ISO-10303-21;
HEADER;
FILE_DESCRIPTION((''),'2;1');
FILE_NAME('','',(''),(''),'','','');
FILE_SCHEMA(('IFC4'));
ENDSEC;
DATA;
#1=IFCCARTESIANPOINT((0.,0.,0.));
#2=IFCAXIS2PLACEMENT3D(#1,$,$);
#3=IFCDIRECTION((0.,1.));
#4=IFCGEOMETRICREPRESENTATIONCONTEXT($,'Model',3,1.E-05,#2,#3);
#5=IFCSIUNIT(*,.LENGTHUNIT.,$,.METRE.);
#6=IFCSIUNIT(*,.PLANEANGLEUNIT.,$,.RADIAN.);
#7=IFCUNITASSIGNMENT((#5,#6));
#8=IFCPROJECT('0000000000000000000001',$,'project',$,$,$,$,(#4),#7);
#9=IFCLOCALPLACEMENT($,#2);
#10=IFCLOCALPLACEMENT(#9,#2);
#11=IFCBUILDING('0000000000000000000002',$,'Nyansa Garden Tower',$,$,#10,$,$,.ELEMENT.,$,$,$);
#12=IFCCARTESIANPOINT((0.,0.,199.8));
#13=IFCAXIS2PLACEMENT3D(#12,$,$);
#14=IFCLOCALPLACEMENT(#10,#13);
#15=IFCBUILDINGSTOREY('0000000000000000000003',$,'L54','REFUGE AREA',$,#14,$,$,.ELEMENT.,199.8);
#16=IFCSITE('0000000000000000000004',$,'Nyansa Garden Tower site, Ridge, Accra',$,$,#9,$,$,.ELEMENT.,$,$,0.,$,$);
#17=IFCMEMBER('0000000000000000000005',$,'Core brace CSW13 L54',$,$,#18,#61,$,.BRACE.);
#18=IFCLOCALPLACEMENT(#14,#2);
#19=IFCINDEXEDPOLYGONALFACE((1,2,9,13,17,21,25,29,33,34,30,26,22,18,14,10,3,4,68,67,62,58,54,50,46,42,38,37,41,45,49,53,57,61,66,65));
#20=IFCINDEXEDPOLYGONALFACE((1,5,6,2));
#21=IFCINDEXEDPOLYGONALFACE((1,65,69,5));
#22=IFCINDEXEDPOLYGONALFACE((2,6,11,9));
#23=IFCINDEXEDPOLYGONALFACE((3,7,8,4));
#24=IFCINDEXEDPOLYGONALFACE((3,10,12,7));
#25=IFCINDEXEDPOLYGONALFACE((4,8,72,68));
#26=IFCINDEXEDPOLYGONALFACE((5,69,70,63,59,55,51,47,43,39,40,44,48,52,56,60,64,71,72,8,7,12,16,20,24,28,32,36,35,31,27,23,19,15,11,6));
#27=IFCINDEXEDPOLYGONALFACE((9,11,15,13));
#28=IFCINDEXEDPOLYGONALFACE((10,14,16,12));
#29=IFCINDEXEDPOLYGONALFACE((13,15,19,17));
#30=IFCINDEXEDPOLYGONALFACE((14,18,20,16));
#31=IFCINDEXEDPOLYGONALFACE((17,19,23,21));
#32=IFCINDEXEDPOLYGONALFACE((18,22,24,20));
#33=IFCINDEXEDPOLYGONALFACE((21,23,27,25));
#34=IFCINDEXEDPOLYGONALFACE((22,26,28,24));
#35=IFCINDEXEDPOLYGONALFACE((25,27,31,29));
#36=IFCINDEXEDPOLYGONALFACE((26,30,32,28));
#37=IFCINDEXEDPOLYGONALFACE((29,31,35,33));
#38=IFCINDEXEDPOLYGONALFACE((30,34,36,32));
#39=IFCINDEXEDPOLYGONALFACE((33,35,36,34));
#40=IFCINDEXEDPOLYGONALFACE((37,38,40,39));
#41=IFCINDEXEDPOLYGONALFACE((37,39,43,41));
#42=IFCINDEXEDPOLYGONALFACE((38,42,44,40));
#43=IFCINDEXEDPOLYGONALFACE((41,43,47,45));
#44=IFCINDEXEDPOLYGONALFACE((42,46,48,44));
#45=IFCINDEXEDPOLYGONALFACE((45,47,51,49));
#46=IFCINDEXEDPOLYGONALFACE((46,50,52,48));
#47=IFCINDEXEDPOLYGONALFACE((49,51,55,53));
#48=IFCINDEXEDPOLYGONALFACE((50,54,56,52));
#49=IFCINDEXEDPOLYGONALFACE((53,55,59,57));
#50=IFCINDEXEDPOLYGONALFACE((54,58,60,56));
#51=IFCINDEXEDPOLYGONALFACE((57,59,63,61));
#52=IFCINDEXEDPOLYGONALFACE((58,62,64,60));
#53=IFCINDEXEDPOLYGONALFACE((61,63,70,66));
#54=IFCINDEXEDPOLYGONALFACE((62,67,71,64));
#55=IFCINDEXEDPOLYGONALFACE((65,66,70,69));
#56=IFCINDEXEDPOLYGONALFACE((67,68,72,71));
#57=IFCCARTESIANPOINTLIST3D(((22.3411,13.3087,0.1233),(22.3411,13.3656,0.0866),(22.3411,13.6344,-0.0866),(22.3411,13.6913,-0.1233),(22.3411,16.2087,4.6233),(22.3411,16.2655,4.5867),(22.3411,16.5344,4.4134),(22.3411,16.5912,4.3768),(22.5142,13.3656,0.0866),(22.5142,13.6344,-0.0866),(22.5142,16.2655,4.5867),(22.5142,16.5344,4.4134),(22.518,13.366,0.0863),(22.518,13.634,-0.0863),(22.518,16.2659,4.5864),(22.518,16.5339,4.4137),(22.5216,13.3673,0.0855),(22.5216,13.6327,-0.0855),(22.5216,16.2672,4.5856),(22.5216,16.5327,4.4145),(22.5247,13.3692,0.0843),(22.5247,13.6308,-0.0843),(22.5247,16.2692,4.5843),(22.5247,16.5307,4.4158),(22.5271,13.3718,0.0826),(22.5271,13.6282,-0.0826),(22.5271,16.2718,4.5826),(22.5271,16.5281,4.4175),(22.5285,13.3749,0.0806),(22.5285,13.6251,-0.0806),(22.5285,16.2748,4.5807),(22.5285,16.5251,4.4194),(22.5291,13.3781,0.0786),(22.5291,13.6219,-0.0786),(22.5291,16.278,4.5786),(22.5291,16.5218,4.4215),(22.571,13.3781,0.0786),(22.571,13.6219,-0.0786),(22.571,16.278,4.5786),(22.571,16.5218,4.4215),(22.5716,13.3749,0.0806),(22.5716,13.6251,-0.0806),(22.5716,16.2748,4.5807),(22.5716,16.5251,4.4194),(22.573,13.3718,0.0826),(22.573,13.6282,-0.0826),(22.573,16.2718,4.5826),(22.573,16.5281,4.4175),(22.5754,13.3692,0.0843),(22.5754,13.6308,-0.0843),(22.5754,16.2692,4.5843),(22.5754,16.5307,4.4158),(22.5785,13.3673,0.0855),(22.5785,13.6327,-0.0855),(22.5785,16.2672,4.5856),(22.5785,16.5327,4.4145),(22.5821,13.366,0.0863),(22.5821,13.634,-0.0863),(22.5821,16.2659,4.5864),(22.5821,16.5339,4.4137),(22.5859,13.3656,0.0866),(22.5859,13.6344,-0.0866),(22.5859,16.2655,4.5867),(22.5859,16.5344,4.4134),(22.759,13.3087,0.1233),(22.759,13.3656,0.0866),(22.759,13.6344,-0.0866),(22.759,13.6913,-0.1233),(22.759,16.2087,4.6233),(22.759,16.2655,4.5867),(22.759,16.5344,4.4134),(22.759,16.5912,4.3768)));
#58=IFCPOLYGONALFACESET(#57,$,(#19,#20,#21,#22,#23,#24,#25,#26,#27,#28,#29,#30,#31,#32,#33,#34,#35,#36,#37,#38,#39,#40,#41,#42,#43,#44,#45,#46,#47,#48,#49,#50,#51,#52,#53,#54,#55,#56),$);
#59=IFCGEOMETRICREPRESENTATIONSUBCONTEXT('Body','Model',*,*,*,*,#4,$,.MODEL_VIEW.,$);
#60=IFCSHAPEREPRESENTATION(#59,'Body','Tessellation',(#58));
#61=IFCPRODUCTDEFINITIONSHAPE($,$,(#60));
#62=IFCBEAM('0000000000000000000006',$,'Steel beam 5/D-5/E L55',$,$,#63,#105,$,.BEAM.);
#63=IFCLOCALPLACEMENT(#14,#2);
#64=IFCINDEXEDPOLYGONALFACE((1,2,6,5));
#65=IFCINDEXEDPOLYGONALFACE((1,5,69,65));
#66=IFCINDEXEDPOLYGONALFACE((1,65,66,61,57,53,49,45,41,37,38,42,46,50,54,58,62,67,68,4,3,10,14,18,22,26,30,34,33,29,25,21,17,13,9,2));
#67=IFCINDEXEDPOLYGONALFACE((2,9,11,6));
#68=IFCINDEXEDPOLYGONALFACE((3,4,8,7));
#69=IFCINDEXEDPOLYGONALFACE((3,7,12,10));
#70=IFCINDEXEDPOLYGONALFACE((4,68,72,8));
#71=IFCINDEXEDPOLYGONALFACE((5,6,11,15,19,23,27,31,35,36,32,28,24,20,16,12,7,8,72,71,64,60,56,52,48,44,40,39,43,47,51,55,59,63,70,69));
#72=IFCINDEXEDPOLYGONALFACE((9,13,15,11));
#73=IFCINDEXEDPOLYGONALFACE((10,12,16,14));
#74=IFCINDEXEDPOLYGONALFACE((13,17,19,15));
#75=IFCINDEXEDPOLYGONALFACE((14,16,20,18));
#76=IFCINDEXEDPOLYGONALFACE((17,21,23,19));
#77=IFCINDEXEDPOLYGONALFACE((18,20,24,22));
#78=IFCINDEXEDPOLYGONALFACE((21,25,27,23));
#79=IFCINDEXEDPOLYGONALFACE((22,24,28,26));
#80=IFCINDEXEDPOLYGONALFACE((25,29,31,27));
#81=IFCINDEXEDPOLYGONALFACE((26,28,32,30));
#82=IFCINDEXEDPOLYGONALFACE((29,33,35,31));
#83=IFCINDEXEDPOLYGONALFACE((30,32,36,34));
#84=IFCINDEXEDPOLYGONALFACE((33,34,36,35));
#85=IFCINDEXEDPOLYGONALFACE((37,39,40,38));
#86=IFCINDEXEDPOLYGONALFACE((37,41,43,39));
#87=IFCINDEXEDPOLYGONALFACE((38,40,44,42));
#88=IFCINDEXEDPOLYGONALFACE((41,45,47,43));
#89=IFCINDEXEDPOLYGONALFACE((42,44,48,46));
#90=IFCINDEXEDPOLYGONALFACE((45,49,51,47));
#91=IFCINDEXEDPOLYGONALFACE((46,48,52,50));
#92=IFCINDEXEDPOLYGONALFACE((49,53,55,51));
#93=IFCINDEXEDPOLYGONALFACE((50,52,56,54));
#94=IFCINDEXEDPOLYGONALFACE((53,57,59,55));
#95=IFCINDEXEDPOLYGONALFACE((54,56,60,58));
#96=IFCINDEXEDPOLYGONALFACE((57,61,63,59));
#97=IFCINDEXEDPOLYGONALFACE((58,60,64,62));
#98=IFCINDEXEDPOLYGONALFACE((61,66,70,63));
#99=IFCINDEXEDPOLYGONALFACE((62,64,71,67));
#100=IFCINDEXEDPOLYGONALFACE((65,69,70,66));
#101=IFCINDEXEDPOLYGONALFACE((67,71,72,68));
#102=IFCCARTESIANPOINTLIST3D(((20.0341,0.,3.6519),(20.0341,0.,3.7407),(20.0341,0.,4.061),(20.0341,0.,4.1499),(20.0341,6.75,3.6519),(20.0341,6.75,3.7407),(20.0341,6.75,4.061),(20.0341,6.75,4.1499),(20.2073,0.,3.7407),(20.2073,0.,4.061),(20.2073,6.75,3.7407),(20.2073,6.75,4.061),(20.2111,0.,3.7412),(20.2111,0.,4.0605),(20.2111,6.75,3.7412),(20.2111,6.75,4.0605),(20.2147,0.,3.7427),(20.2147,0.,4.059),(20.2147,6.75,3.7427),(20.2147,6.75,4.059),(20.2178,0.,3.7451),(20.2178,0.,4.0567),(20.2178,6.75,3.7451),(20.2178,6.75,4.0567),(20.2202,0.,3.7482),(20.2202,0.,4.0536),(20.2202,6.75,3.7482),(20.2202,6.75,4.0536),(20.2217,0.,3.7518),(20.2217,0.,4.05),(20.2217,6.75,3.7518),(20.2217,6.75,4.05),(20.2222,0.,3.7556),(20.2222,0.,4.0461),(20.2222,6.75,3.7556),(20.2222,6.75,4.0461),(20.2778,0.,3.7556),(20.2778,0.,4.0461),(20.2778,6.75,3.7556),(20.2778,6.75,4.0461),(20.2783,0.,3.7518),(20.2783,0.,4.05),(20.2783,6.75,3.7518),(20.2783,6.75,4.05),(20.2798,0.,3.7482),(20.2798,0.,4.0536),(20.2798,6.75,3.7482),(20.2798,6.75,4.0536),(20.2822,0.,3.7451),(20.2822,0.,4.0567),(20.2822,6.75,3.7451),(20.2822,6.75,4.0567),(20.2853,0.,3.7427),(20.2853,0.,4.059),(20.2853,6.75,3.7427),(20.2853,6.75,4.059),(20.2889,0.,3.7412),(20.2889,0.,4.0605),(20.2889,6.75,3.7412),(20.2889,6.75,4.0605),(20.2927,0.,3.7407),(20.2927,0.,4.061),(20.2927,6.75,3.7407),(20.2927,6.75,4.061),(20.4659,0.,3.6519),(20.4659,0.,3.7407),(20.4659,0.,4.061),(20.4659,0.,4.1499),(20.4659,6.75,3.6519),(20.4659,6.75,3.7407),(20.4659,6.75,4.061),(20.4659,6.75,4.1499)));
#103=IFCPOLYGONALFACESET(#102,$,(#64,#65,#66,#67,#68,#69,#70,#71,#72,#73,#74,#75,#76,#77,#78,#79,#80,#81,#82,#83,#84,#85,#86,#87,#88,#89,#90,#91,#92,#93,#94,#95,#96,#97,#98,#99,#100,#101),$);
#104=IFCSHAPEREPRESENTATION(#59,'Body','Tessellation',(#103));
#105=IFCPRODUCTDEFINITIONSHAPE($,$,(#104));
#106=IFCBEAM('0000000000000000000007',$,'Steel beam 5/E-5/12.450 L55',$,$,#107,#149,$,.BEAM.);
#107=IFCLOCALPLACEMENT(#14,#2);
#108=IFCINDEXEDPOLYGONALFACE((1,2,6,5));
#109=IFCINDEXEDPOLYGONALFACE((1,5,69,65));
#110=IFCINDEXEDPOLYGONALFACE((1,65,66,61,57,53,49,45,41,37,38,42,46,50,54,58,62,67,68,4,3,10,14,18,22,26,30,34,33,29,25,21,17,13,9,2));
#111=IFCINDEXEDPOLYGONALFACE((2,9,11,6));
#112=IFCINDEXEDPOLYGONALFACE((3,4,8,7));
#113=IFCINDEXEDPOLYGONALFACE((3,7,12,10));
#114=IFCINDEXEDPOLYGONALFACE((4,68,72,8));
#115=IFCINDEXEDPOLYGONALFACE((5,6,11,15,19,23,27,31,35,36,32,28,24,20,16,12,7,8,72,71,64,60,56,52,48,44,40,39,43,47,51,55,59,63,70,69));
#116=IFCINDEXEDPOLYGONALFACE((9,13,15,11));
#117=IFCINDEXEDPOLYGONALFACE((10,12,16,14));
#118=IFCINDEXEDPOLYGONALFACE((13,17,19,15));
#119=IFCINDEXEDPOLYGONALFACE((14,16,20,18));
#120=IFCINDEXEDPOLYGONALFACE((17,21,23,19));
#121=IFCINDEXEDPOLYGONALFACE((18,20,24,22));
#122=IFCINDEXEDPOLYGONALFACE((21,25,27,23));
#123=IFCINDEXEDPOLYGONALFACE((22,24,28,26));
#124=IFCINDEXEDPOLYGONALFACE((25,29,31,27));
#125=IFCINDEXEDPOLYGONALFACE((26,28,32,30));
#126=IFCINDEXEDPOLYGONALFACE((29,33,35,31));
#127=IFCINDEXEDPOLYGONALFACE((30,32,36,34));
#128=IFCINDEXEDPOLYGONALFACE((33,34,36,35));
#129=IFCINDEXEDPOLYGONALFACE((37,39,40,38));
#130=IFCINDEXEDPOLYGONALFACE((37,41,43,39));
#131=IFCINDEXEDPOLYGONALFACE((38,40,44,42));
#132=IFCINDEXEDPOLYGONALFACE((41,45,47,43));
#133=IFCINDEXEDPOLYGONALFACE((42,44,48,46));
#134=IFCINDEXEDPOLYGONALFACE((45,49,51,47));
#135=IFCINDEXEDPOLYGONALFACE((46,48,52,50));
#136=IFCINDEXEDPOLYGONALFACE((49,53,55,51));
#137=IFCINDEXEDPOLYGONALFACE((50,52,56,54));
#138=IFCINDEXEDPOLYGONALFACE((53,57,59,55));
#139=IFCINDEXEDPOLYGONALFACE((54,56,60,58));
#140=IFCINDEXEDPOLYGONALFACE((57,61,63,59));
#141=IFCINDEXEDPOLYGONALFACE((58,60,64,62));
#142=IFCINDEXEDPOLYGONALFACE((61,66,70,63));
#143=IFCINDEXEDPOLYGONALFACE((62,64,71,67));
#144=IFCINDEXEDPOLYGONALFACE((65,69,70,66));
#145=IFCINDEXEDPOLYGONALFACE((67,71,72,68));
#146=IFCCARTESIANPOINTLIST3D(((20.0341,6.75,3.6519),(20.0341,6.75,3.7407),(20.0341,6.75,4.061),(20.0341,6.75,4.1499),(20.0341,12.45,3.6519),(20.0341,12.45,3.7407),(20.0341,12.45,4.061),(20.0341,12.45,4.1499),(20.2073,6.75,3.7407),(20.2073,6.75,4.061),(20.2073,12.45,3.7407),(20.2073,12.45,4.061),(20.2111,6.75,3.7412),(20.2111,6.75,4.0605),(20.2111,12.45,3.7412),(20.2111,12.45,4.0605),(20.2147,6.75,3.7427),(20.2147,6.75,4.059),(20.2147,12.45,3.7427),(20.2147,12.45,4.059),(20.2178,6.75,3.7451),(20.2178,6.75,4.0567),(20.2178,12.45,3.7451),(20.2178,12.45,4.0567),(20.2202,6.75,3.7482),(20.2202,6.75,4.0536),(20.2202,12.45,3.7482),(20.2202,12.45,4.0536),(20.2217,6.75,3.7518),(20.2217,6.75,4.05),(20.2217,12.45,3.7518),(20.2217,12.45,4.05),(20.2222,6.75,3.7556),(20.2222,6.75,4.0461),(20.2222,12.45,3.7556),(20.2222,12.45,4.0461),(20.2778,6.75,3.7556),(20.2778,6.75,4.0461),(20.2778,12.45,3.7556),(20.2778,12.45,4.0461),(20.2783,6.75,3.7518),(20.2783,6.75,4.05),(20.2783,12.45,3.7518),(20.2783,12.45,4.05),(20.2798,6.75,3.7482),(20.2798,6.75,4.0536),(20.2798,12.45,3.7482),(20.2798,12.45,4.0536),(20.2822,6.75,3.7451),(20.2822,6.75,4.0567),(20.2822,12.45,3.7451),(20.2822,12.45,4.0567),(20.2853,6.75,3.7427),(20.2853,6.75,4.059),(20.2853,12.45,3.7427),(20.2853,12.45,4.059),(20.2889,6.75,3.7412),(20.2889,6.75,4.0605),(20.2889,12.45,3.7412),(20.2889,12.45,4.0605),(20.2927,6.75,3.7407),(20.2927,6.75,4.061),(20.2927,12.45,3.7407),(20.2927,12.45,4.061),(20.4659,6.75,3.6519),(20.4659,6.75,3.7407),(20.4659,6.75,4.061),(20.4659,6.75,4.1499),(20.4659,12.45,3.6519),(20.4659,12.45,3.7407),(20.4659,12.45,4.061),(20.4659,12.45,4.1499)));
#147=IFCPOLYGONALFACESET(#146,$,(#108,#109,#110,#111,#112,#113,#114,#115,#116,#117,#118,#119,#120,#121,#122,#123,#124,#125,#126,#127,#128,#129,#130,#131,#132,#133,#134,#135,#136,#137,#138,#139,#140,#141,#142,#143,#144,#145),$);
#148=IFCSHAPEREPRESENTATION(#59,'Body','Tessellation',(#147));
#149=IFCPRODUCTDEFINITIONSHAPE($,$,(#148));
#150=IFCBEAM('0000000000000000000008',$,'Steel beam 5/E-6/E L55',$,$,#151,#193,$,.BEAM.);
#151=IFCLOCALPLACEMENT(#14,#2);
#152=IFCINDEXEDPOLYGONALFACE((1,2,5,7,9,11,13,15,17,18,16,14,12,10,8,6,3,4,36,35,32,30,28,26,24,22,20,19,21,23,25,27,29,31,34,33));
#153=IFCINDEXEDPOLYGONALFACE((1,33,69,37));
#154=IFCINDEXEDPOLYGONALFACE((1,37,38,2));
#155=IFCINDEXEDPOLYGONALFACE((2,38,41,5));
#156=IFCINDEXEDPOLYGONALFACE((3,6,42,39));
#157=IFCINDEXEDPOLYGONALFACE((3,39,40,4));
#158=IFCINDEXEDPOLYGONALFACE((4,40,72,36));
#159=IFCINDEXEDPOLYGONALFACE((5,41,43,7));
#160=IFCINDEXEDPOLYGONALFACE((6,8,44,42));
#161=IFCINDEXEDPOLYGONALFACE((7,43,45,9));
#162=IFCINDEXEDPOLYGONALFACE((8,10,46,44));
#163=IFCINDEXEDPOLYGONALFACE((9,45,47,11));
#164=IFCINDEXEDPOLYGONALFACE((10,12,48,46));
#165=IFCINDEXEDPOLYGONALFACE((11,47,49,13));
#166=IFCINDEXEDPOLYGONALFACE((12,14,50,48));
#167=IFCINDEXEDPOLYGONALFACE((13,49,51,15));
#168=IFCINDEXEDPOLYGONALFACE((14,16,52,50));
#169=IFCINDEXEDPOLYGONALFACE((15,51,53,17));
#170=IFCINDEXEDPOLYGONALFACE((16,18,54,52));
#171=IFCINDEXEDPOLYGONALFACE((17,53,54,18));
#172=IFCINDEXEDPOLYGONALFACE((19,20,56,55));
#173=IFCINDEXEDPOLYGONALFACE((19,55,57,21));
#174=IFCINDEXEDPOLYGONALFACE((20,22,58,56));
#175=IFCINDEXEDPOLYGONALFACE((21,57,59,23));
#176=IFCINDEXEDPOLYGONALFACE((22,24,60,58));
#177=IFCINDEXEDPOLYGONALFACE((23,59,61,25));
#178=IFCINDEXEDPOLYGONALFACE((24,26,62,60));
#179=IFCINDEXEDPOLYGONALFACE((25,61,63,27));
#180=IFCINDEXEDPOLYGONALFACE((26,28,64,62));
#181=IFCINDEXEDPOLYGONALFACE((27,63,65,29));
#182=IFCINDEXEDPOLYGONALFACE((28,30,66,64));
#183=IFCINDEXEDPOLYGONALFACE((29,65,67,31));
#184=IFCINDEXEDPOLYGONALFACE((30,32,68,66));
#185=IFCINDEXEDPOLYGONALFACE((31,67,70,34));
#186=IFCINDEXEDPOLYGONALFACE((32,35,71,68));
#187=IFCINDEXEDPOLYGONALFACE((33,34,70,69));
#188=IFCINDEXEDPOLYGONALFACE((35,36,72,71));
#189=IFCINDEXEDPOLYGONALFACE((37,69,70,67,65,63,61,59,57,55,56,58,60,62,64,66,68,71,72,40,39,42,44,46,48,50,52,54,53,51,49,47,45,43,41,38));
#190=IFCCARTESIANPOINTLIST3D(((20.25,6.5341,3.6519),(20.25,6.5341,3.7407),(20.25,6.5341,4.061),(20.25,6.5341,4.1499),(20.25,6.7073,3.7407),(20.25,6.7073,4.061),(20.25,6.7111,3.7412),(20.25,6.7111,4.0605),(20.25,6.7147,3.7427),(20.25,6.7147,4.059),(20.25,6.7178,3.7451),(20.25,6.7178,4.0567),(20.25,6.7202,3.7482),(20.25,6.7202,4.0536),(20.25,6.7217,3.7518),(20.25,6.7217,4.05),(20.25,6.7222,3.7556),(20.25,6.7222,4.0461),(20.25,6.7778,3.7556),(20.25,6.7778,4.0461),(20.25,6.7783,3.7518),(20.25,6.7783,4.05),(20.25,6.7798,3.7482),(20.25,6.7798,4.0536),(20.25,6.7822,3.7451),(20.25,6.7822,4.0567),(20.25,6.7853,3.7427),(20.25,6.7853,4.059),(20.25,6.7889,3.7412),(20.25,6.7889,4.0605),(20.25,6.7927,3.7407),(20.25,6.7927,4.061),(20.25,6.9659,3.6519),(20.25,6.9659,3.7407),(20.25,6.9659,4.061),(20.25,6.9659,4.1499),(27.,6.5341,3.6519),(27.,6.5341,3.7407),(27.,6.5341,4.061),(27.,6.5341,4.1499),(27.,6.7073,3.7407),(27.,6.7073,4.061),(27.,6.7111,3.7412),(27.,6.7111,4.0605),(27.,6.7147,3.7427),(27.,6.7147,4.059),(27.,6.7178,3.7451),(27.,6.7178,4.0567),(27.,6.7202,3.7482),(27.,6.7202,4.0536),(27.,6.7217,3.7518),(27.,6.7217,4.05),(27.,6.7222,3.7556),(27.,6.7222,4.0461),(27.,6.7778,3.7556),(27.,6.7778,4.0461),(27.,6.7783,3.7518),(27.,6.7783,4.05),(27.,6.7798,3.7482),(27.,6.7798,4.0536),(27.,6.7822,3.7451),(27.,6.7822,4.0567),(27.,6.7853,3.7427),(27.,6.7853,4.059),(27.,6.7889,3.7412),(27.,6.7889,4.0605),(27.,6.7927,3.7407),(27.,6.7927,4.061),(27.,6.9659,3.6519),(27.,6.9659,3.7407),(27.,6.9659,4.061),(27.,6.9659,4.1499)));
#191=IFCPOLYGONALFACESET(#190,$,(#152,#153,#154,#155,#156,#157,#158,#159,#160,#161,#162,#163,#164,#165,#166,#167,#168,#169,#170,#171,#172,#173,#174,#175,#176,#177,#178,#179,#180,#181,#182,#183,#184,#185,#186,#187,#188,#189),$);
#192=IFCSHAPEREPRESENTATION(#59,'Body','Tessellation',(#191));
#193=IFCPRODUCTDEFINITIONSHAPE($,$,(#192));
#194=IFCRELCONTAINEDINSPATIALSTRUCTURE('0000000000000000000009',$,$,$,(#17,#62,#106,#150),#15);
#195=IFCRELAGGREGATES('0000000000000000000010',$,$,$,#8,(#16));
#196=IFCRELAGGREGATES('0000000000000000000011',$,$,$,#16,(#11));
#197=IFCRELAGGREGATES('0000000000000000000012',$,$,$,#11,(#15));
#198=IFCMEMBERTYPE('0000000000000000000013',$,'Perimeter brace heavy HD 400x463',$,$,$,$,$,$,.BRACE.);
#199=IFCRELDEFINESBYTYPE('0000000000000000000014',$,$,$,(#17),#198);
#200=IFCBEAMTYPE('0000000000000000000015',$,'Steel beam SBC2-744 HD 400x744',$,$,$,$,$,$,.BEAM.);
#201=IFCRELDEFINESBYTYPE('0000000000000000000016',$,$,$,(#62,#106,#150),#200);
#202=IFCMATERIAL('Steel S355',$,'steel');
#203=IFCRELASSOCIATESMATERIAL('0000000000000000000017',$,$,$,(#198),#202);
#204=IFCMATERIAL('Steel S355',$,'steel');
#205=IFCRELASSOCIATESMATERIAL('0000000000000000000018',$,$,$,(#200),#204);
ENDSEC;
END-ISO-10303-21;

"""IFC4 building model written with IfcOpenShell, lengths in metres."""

from ifc_helpers import new_model, si_unit, direction, frame, origin, origin_2d, place, context, subcontext, project, spatial, i_section, extrude, material, material_profile, profile_set, type_object, element, save


model = new_model("IFC4")

# Units and contexts
model_context = context("Model", 3, precision=1e-05, world=origin(), true_north=direction((0.0, 1.0)))
body_context = subcontext(model_context, "Body", "Model", "MODEL_VIEW")
ifc_project = project(units=[si_unit("LENGTHUNIT", "METRE"), si_unit("PLANEANGLEUNIT", "RADIAN")], contexts=[model_context])

# Site, building, storey
site_placement = place(None, origin())
site = spatial("IfcSite", under=ifc_project, at=site_placement, Name="Nyansa Garden Tower site, Ridge, Accra", CompositionType="ELEMENT", RefElevation=0.0)
building_placement = place(site_placement, origin())
building = spatial("IfcBuilding", under=site, at=building_placement, Name="Nyansa Garden Tower", CompositionType="ELEMENT")
storey_placement = place(building_placement, frame((0.0, 0.0, 199.8)))
storey = spatial("IfcBuildingStorey", under=building, at=storey_placement, Name="L54", Description="REFUGE AREA", CompositionType="ELEMENT", Elevation=199.8)

# Member
ifc_material_1 = material(Name="Steel S355", Category="steel")
ifc_material_profile_1 = material_profile(ifc_material_1, i_section(OverallWidth=0.418, OverallDepth=0.4551, WebThickness=0.042, FlangeThickness=0.0676, FilletRadius=0.0149, at=origin_2d()), Name="HD 400x463")
ifc_profile_set_1 = profile_set([ifc_material_profile_1], Name="Steel S355")
member_type_1 = type_object("IfcMemberType", Name="Perimeter brace heavy HD 400x463", PredefinedType="BRACE", material=ifc_profile_set_1)
for number, where, z_axis, x_axis, name in (
    (1, (22.55, 13.5, 0.0), (0.0, 0.541688, 0.840579), (-1.0, 0.0, 0.0), "Core brace CSW13 L54"),
):
    element("IfcMember", number, at=place(storey_placement, frame(where, z_axis=z_axis, x_axis=x_axis)), inside=storey, type_object=member_type_1, Name=name, PredefinedType="BRACE", context=body_context, shape_type="SweptSolid", body=[
        extrude(i_section(OverallWidth=0.418, OverallDepth=0.4551, WebThickness=0.042, FlangeThickness=0.0676, FilletRadius=0.0149, at=origin_2d()), origin(), (0.0, 0.0, 1.0), 5.3535),
    ])

# Beams
ifc_material_2 = material(Name="Steel S355", Category="steel")
ifc_material_profile_2 = material_profile(ifc_material_2, i_section(OverallWidth=0.4319, OverallDepth=0.498, WebThickness=0.0557, FlangeThickness=0.0889, FilletRadius=0.0149, at=origin_2d()), Name="HD 400x744")
ifc_profile_set_2 = profile_set([ifc_material_profile_2], Name="Steel S355")
beam_type_1 = type_object("IfcBeamType", Name="Steel beam SBC2-744 HD 400x744", PredefinedType="BEAM", material=ifc_profile_set_2)
beam_1_placement = place(storey_placement, frame((20.25, 0.0, 3.9009), z_axis=(0.0, 1.0, 0.0), x_axis=(-1.0, 0.0, 0.0)))
element("IfcBeam", 2, at=beam_1_placement, inside=storey, type_object=beam_type_1, Name="Steel beam 5/D-5/E L55", PredefinedType="BEAM", context=body_context, shape_type="SweptSolid", body=[
    extrude(i_section(OverallWidth=0.4319, OverallDepth=0.498, WebThickness=0.0557, FlangeThickness=0.0889, FilletRadius=0.0149, at=origin_2d()), origin(), (0.0, 0.0, 1.0), 6.75),
])
beam_2_placement = place(storey_placement, frame((20.25, 6.75, 3.9009), z_axis=(0.0, 1.0, 0.0), x_axis=(-1.0, 0.0, 0.0)))
element("IfcBeam", 3, at=beam_2_placement, inside=storey, type_object=beam_type_1, Name="Steel beam 5/E-5/12.450 L55", PredefinedType="BEAM", context=body_context, shape_type="SweptSolid", body=[
    extrude(i_section(OverallWidth=0.4319, OverallDepth=0.498, WebThickness=0.0557, FlangeThickness=0.0889, FilletRadius=0.0149, at=origin_2d()), origin(), (0.0, 0.0, 1.0), 5.7),
])
beam_3_placement = place(storey_placement, frame((20.25, 6.75, 3.9009), z_axis=(1.0, 0.0, 0.0), x_axis=(0.0, 1.0, 0.0)))
element("IfcBeam", 4, at=beam_3_placement, inside=storey, type_object=beam_type_1, Name="Steel beam 5/E-6/E L55", PredefinedType="BEAM", context=body_context, shape_type="SweptSolid", body=[
    extrude(i_section(OverallWidth=0.4319, OverallDepth=0.498, WebThickness=0.0557, FlangeThickness=0.0889, FilletRadius=0.0149, at=origin_2d()), origin(), (0.0, 0.0, 1.0), 6.75),
])

save(model, "model.ifc")
